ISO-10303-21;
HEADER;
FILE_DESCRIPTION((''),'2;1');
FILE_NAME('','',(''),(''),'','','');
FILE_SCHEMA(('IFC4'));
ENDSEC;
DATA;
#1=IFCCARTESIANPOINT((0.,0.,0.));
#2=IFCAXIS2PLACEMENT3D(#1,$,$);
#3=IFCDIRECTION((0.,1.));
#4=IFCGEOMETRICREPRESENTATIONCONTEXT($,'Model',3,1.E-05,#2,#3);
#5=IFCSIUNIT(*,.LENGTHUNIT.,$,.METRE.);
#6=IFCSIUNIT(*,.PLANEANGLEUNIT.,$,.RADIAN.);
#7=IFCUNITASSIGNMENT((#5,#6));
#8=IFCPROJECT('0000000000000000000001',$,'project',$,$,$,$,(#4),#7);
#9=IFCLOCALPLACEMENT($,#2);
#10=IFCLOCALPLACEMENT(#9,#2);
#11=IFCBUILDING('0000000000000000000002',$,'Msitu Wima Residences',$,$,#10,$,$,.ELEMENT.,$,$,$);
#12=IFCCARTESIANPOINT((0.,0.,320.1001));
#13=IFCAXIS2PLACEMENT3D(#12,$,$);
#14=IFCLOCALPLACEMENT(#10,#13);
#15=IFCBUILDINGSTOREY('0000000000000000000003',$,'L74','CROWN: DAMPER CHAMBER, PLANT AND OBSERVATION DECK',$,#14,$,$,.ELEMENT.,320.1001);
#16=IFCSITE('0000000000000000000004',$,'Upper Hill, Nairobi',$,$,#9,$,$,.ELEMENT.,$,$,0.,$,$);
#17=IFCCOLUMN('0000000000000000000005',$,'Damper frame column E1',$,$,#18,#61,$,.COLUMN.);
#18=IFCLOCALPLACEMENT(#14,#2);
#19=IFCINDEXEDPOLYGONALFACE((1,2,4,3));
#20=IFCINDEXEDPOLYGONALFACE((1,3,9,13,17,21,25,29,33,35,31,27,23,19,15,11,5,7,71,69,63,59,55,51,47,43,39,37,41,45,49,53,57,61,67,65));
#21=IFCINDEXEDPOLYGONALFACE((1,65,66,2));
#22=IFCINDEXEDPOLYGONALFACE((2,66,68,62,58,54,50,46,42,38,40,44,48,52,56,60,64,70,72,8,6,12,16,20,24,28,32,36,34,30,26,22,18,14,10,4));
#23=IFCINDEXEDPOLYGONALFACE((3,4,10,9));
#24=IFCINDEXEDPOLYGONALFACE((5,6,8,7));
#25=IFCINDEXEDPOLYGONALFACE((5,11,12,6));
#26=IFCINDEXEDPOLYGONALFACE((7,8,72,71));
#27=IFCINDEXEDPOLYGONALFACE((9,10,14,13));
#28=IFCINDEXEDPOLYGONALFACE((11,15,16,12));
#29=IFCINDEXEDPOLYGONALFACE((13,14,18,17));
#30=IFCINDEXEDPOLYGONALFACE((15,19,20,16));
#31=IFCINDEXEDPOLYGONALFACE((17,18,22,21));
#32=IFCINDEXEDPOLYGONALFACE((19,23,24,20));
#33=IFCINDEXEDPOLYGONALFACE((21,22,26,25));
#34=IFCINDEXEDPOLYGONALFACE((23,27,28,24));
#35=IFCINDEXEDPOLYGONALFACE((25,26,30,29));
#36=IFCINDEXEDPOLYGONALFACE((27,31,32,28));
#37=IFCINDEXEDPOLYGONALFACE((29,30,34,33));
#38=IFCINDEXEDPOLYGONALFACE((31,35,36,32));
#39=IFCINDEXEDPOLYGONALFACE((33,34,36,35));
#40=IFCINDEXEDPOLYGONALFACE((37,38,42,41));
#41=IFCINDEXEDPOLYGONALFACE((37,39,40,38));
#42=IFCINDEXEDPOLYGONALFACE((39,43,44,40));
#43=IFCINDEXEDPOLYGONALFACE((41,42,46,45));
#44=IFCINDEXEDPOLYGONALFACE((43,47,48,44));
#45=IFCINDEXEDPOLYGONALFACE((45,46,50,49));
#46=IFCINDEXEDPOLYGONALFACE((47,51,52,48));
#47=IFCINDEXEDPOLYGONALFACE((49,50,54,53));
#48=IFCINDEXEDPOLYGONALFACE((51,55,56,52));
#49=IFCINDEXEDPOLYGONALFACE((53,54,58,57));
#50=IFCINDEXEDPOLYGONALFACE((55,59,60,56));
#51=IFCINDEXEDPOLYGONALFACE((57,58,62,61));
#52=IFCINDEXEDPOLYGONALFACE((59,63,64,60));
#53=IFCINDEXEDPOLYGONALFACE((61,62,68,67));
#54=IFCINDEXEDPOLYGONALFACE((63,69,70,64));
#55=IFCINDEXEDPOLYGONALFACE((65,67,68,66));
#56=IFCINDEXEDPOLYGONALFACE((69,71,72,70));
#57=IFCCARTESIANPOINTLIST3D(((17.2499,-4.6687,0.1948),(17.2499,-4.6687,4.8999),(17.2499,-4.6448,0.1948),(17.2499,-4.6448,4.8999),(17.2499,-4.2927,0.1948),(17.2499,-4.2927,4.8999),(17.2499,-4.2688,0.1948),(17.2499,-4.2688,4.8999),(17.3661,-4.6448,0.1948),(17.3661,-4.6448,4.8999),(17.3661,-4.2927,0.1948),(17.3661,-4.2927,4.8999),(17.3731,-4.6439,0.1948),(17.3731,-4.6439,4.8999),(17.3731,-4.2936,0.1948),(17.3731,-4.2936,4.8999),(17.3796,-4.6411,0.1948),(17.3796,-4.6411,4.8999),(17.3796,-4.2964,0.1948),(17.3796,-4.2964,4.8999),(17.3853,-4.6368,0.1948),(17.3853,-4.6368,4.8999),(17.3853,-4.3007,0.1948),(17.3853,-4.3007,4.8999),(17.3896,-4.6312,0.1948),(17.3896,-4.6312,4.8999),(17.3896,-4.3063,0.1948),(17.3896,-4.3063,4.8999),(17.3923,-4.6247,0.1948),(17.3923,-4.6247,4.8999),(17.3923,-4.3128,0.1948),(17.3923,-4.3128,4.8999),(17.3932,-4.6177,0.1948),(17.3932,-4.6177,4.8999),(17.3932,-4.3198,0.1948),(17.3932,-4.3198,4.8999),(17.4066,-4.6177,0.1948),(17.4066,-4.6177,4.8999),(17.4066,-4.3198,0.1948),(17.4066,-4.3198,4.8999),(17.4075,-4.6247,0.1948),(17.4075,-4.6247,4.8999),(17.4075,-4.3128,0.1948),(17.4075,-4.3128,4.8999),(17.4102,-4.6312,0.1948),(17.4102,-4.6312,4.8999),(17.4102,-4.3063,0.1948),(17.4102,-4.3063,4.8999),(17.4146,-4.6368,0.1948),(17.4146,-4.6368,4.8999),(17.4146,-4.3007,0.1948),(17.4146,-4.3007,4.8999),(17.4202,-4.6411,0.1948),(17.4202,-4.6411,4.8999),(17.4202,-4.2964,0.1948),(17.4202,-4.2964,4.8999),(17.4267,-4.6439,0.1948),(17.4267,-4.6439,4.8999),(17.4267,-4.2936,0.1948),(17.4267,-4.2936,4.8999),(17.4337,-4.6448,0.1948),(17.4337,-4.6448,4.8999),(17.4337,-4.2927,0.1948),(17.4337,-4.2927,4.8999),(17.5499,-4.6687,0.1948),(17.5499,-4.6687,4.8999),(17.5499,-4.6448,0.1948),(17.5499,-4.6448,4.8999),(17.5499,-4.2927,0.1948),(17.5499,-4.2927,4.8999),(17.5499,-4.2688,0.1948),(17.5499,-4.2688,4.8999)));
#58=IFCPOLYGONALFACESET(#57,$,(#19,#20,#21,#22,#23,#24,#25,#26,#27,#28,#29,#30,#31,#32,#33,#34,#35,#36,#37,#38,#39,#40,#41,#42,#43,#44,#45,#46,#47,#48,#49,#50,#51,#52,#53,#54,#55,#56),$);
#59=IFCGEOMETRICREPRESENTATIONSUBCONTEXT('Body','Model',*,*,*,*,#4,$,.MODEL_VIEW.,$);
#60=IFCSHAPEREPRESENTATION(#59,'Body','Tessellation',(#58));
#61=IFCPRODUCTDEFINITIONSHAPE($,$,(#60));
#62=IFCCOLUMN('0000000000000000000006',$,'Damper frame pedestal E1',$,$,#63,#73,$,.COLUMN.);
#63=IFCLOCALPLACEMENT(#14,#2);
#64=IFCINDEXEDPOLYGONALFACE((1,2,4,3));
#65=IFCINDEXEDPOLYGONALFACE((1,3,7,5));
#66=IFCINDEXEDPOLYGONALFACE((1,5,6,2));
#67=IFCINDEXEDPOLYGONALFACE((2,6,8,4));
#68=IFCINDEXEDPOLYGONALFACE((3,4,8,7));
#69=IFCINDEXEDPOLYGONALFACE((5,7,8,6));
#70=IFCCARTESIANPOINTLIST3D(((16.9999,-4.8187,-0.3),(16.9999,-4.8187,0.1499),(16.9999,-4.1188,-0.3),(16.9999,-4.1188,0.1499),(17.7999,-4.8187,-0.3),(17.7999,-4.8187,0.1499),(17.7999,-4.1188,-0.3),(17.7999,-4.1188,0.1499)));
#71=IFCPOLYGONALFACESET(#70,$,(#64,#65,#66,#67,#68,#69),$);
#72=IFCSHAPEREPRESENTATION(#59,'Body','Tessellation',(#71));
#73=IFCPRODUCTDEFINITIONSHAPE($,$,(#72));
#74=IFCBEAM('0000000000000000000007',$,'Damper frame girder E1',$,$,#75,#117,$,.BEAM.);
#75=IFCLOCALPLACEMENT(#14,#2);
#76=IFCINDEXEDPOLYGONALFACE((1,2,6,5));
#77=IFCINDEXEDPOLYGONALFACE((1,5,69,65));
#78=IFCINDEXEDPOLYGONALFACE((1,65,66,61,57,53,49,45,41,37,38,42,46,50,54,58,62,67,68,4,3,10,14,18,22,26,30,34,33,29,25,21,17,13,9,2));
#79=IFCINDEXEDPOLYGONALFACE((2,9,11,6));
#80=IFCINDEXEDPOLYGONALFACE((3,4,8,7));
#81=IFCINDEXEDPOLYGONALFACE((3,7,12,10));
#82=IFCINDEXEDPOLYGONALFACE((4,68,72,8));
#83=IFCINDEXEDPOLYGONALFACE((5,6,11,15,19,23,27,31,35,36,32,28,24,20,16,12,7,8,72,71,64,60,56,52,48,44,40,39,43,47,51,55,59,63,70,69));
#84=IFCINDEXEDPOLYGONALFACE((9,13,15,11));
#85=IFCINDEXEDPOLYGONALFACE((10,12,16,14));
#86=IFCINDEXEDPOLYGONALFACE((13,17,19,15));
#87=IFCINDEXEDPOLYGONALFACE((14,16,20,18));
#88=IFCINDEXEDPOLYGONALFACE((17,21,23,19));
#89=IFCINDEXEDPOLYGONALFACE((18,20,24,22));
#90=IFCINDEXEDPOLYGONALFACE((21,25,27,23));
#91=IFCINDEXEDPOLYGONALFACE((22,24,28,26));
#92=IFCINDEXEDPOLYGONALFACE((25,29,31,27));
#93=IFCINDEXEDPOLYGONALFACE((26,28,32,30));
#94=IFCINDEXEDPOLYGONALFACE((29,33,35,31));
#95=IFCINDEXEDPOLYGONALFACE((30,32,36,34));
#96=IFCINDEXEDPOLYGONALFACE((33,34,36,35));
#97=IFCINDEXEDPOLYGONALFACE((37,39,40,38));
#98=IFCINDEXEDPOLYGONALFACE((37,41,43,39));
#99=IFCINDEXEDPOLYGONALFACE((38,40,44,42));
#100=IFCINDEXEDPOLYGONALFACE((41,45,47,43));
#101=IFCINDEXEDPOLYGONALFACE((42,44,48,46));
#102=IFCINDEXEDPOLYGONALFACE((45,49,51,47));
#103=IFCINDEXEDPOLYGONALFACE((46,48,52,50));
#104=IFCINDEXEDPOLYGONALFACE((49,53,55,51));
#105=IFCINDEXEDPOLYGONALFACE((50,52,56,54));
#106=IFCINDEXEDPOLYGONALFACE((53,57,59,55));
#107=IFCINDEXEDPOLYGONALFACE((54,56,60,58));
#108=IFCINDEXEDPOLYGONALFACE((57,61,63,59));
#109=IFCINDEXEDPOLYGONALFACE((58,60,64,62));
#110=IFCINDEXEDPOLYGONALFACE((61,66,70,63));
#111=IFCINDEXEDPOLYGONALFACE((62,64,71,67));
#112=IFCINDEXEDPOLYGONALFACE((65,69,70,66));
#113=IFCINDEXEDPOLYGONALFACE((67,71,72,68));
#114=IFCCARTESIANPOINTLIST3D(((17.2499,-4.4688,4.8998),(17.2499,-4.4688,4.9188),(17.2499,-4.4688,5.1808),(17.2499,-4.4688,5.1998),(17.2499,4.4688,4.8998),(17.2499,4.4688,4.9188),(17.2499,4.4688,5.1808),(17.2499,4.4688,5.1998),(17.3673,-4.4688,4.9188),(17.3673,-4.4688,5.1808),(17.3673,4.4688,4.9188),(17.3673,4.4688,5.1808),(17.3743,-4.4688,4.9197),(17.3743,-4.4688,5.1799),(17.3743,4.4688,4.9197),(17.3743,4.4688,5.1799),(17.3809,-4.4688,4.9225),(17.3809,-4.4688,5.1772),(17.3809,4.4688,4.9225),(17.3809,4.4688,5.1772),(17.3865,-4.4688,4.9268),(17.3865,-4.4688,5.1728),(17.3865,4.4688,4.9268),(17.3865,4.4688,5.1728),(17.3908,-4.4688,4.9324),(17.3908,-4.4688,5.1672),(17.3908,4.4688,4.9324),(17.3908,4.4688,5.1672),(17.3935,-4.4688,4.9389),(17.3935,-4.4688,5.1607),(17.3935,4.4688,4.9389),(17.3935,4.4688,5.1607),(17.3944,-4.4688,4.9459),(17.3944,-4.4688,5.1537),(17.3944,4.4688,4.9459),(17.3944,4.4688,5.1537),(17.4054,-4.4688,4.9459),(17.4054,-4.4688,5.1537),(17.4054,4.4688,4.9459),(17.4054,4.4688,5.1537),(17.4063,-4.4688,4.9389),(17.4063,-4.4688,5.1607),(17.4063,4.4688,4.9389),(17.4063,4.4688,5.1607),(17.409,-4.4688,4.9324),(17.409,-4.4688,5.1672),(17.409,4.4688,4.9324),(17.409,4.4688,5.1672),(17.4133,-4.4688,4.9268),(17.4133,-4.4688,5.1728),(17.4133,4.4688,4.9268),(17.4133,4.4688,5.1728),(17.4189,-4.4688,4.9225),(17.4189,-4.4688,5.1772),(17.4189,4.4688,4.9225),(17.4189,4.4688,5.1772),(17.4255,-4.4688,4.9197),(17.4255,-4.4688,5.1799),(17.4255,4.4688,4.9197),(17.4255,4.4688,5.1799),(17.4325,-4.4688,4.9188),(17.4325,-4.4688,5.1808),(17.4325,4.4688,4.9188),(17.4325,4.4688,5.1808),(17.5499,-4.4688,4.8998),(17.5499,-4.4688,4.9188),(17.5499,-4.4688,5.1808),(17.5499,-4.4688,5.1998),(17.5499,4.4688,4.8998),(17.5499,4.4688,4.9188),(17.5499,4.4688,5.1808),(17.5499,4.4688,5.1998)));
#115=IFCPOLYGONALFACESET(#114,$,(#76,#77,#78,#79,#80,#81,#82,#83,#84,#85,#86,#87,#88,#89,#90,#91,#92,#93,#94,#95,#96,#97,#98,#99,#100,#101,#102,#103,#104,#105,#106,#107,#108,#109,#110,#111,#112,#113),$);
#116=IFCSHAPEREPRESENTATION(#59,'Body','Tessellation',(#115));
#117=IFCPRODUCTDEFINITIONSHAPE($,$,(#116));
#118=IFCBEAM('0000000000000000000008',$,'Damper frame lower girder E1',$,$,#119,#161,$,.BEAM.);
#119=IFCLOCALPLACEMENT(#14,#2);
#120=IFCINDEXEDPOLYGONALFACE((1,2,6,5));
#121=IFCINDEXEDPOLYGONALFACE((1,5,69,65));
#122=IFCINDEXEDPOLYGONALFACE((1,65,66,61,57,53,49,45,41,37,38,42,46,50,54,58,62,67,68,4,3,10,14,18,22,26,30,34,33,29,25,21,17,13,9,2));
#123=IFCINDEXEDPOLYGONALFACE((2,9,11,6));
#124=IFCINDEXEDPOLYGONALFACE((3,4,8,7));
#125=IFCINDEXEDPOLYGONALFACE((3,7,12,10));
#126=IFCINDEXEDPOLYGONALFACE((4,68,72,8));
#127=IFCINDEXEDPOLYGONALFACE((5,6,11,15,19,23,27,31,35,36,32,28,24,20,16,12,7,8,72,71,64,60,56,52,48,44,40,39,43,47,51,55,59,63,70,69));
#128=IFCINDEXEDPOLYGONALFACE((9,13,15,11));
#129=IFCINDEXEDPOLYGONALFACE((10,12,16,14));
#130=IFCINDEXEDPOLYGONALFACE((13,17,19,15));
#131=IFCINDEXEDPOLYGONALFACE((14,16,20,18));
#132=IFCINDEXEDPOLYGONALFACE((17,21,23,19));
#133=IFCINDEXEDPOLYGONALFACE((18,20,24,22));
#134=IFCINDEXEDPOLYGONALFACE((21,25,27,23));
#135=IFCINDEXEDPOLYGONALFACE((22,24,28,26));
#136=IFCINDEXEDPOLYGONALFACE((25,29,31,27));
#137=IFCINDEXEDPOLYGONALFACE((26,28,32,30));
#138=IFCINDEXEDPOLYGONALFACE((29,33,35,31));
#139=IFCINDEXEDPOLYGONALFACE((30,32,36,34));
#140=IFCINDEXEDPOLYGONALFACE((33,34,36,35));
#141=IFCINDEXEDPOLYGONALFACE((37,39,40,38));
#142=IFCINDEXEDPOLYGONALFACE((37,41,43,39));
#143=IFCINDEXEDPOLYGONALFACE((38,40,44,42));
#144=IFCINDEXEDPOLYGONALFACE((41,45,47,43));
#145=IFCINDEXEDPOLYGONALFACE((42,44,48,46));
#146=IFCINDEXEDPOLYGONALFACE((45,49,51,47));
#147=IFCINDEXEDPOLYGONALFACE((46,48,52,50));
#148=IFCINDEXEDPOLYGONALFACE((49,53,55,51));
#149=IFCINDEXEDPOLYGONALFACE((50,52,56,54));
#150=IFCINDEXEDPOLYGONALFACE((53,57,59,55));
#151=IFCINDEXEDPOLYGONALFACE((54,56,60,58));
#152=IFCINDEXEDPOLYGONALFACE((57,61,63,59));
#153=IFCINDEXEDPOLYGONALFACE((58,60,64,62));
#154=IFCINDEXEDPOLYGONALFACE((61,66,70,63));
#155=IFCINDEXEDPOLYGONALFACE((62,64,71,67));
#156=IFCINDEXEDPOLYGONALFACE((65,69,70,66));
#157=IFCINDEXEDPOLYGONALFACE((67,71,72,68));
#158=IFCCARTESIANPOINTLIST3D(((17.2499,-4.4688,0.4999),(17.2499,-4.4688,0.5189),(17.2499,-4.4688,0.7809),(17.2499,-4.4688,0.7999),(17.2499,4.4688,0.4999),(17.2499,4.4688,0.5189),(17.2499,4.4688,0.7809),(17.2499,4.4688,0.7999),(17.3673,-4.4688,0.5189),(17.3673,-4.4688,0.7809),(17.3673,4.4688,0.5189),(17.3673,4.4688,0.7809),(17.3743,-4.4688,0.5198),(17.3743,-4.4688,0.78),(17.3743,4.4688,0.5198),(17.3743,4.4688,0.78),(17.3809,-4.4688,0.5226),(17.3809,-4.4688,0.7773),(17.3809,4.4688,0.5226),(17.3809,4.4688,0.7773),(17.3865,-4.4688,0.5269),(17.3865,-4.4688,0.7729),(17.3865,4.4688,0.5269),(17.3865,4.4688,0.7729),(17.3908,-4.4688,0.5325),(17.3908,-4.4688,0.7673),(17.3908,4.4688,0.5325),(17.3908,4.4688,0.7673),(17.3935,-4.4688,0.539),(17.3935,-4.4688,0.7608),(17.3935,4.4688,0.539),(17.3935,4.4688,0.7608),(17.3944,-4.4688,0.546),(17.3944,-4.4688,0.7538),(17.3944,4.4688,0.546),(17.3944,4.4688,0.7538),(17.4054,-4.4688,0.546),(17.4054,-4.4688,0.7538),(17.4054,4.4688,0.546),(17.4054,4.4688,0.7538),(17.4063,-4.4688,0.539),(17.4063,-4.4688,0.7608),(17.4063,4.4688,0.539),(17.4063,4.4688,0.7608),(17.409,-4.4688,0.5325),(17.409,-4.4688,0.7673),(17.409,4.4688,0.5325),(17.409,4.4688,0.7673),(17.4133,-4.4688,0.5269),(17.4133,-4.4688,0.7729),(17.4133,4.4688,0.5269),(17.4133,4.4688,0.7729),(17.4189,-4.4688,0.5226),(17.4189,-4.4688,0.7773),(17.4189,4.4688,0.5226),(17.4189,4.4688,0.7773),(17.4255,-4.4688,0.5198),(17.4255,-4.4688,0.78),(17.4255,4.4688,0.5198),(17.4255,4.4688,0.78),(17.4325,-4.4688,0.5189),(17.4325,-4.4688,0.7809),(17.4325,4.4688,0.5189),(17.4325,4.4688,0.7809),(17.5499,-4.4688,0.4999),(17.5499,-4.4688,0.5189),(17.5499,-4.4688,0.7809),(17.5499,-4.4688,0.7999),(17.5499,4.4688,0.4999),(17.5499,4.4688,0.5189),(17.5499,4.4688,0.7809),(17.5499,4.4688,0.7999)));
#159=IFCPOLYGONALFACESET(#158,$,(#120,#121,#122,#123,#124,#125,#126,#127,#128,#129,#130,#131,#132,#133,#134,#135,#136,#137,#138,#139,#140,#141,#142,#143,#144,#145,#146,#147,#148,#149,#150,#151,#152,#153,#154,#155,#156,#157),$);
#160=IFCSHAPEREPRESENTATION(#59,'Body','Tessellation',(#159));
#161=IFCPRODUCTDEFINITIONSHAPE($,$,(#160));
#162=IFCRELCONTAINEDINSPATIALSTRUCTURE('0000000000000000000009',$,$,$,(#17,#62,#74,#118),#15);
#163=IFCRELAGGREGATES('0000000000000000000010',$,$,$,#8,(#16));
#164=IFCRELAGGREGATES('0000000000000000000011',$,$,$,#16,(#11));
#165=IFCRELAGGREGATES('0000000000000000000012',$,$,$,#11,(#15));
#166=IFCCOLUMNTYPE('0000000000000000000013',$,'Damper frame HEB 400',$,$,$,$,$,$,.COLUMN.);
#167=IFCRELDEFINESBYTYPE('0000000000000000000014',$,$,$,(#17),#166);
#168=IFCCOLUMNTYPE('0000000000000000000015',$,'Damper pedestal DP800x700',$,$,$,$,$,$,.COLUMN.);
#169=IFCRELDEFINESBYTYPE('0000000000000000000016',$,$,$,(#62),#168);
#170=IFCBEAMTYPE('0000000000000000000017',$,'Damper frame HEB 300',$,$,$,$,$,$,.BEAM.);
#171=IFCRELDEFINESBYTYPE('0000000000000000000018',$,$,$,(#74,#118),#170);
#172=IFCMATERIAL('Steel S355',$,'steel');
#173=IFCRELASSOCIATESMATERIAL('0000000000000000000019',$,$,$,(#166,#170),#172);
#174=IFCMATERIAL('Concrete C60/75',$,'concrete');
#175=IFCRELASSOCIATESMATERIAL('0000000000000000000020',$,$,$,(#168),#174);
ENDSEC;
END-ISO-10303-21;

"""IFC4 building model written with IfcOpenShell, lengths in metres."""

from ifc_helpers import new_model, si_unit, direction, frame, origin, origin_2d, place, context, subcontext, project, spatial, rectangle, i_section, extrude, material, material_profile, profile_set, type_object, element, save


model = new_model("IFC4")

# Units and contexts
model_context = context("Model", 3, precision=1e-05, world=origin(), true_north=direction((0.0, 1.0)))
body_context = subcontext(model_context, "Body", "Model", "MODEL_VIEW")
ifc_project = project(units=[si_unit("LENGTHUNIT", "METRE"), si_unit("PLANEANGLEUNIT", "RADIAN")], contexts=[model_context])

# Site, building, storey
site_placement = place(None, origin())
site = spatial("IfcSite", under=ifc_project, at=site_placement, Name="Upper Hill, Nairobi", CompositionType="ELEMENT", RefElevation=0.0)
building_placement = place(site_placement, origin())
building = spatial("IfcBuilding", under=site, at=building_placement, Name="Msitu Wima Residences", CompositionType="ELEMENT")
storey_placement = place(building_placement, frame((0.0, 0.0, 320.1001)))
storey = spatial("IfcBuildingStorey", under=building, at=storey_placement, Name="L74", Description="CROWN: DAMPER CHAMBER, PLANT AND OBSERVATION DECK", CompositionType="ELEMENT", Elevation=320.1001)

# Columns
ifc_material_1 = material(Name="Steel S355", Category="steel")
ifc_material_profile_1 = material_profile(ifc_material_1, i_section(OverallWidth=0.3, OverallDepth=0.3999, WebThickness=0.0134, FlangeThickness=0.0239, FilletRadius=0.0271, at=origin_2d()), Name="HEB 400")
ifc_profile_set_1 = profile_set([ifc_material_profile_1], Name="Steel S355")
column_type_1 = type_object("IfcColumnType", Name="Damper frame HEB 400", PredefinedType="COLUMN", material=ifc_profile_set_1)
column_1_placement = place(storey_placement, frame((17.3999, -4.4688, 0.1948), z_axis=(0.0, 0.0, 1.0), x_axis=(1.0, 0.0, 0.0)))
element("IfcColumn", 1, at=column_1_placement, inside=storey, type_object=column_type_1, Name="Damper frame column E1", PredefinedType="COLUMN", context=body_context, shape_type="SweptSolid", body=[
    extrude(i_section(OverallWidth=0.3, OverallDepth=0.3999, WebThickness=0.0134, FlangeThickness=0.0239, FilletRadius=0.0271, at=origin_2d()), origin(), (0.0, 0.0, 1.0), 4.7051),
])
ifc_material_2 = material(Name="Concrete C60/75", Category="concrete")
ifc_material_profile_2 = material_profile(ifc_material_2, rectangle(XDim=0.8, YDim=0.7, at=origin_2d()), Name="RC 800x700")
ifc_profile_set_2 = profile_set([ifc_material_profile_2], Name="Concrete C60/75")
column_type_2 = type_object("IfcColumnType", Name="Damper pedestal DP800x700", PredefinedType="COLUMN", material=ifc_profile_set_2)
column_2_placement = place(storey_placement, frame((17.3999, -4.4688, -0.3), z_axis=(0.0, 0.0, 1.0), x_axis=(1.0, 0.0, 0.0)))
element("IfcColumn", 2, at=column_2_placement, inside=storey, type_object=column_type_2, Name="Damper frame pedestal E1", PredefinedType="COLUMN", context=body_context, shape_type="SweptSolid", body=[
    extrude(rectangle(XDim=0.8, YDim=0.7, at=origin_2d()), origin(), (0.0, 0.0, 1.0), 0.45),
])

# Beams
ifc_material_profile_3 = material_profile(ifc_material_1, i_section(OverallWidth=0.3, OverallDepth=0.3, WebThickness=0.011, FlangeThickness=0.019, FilletRadius=0.0271, at=origin_2d()), Name="HEB 300")
ifc_profile_set_3 = profile_set([ifc_material_profile_3], Name="Steel S355")
beam_type = type_object("IfcBeamType", Name="Damper frame HEB 300", PredefinedType="BEAM", material=ifc_profile_set_3)
for number, where, z_axis, x_axis, name in (
    (3, (17.3999, -4.4688, 5.0498), (0.0, 1.0, 0.0), (-1.0, 0.0, 0.0), "Damper frame girder E1"),
    (4, (17.3999, -4.4688, 0.6499), (0.0, 1.0, 0.0), (-1.0, 0.0, 0.0), "Damper frame lower girder E1"),
):
    element("IfcBeam", number, at=place(storey_placement, frame(where, z_axis=z_axis, x_axis=x_axis)), inside=storey, type_object=beam_type, Name=name, PredefinedType="BEAM", context=body_context, shape_type="SweptSolid", body=[
        extrude(i_section(OverallWidth=0.3, OverallDepth=0.3, WebThickness=0.011, FlangeThickness=0.019, FilletRadius=0.0271, at=origin_2d()), origin(), (0.0, 0.0, 1.0), 8.9375),
    ])

save(model, "model.ifc")
